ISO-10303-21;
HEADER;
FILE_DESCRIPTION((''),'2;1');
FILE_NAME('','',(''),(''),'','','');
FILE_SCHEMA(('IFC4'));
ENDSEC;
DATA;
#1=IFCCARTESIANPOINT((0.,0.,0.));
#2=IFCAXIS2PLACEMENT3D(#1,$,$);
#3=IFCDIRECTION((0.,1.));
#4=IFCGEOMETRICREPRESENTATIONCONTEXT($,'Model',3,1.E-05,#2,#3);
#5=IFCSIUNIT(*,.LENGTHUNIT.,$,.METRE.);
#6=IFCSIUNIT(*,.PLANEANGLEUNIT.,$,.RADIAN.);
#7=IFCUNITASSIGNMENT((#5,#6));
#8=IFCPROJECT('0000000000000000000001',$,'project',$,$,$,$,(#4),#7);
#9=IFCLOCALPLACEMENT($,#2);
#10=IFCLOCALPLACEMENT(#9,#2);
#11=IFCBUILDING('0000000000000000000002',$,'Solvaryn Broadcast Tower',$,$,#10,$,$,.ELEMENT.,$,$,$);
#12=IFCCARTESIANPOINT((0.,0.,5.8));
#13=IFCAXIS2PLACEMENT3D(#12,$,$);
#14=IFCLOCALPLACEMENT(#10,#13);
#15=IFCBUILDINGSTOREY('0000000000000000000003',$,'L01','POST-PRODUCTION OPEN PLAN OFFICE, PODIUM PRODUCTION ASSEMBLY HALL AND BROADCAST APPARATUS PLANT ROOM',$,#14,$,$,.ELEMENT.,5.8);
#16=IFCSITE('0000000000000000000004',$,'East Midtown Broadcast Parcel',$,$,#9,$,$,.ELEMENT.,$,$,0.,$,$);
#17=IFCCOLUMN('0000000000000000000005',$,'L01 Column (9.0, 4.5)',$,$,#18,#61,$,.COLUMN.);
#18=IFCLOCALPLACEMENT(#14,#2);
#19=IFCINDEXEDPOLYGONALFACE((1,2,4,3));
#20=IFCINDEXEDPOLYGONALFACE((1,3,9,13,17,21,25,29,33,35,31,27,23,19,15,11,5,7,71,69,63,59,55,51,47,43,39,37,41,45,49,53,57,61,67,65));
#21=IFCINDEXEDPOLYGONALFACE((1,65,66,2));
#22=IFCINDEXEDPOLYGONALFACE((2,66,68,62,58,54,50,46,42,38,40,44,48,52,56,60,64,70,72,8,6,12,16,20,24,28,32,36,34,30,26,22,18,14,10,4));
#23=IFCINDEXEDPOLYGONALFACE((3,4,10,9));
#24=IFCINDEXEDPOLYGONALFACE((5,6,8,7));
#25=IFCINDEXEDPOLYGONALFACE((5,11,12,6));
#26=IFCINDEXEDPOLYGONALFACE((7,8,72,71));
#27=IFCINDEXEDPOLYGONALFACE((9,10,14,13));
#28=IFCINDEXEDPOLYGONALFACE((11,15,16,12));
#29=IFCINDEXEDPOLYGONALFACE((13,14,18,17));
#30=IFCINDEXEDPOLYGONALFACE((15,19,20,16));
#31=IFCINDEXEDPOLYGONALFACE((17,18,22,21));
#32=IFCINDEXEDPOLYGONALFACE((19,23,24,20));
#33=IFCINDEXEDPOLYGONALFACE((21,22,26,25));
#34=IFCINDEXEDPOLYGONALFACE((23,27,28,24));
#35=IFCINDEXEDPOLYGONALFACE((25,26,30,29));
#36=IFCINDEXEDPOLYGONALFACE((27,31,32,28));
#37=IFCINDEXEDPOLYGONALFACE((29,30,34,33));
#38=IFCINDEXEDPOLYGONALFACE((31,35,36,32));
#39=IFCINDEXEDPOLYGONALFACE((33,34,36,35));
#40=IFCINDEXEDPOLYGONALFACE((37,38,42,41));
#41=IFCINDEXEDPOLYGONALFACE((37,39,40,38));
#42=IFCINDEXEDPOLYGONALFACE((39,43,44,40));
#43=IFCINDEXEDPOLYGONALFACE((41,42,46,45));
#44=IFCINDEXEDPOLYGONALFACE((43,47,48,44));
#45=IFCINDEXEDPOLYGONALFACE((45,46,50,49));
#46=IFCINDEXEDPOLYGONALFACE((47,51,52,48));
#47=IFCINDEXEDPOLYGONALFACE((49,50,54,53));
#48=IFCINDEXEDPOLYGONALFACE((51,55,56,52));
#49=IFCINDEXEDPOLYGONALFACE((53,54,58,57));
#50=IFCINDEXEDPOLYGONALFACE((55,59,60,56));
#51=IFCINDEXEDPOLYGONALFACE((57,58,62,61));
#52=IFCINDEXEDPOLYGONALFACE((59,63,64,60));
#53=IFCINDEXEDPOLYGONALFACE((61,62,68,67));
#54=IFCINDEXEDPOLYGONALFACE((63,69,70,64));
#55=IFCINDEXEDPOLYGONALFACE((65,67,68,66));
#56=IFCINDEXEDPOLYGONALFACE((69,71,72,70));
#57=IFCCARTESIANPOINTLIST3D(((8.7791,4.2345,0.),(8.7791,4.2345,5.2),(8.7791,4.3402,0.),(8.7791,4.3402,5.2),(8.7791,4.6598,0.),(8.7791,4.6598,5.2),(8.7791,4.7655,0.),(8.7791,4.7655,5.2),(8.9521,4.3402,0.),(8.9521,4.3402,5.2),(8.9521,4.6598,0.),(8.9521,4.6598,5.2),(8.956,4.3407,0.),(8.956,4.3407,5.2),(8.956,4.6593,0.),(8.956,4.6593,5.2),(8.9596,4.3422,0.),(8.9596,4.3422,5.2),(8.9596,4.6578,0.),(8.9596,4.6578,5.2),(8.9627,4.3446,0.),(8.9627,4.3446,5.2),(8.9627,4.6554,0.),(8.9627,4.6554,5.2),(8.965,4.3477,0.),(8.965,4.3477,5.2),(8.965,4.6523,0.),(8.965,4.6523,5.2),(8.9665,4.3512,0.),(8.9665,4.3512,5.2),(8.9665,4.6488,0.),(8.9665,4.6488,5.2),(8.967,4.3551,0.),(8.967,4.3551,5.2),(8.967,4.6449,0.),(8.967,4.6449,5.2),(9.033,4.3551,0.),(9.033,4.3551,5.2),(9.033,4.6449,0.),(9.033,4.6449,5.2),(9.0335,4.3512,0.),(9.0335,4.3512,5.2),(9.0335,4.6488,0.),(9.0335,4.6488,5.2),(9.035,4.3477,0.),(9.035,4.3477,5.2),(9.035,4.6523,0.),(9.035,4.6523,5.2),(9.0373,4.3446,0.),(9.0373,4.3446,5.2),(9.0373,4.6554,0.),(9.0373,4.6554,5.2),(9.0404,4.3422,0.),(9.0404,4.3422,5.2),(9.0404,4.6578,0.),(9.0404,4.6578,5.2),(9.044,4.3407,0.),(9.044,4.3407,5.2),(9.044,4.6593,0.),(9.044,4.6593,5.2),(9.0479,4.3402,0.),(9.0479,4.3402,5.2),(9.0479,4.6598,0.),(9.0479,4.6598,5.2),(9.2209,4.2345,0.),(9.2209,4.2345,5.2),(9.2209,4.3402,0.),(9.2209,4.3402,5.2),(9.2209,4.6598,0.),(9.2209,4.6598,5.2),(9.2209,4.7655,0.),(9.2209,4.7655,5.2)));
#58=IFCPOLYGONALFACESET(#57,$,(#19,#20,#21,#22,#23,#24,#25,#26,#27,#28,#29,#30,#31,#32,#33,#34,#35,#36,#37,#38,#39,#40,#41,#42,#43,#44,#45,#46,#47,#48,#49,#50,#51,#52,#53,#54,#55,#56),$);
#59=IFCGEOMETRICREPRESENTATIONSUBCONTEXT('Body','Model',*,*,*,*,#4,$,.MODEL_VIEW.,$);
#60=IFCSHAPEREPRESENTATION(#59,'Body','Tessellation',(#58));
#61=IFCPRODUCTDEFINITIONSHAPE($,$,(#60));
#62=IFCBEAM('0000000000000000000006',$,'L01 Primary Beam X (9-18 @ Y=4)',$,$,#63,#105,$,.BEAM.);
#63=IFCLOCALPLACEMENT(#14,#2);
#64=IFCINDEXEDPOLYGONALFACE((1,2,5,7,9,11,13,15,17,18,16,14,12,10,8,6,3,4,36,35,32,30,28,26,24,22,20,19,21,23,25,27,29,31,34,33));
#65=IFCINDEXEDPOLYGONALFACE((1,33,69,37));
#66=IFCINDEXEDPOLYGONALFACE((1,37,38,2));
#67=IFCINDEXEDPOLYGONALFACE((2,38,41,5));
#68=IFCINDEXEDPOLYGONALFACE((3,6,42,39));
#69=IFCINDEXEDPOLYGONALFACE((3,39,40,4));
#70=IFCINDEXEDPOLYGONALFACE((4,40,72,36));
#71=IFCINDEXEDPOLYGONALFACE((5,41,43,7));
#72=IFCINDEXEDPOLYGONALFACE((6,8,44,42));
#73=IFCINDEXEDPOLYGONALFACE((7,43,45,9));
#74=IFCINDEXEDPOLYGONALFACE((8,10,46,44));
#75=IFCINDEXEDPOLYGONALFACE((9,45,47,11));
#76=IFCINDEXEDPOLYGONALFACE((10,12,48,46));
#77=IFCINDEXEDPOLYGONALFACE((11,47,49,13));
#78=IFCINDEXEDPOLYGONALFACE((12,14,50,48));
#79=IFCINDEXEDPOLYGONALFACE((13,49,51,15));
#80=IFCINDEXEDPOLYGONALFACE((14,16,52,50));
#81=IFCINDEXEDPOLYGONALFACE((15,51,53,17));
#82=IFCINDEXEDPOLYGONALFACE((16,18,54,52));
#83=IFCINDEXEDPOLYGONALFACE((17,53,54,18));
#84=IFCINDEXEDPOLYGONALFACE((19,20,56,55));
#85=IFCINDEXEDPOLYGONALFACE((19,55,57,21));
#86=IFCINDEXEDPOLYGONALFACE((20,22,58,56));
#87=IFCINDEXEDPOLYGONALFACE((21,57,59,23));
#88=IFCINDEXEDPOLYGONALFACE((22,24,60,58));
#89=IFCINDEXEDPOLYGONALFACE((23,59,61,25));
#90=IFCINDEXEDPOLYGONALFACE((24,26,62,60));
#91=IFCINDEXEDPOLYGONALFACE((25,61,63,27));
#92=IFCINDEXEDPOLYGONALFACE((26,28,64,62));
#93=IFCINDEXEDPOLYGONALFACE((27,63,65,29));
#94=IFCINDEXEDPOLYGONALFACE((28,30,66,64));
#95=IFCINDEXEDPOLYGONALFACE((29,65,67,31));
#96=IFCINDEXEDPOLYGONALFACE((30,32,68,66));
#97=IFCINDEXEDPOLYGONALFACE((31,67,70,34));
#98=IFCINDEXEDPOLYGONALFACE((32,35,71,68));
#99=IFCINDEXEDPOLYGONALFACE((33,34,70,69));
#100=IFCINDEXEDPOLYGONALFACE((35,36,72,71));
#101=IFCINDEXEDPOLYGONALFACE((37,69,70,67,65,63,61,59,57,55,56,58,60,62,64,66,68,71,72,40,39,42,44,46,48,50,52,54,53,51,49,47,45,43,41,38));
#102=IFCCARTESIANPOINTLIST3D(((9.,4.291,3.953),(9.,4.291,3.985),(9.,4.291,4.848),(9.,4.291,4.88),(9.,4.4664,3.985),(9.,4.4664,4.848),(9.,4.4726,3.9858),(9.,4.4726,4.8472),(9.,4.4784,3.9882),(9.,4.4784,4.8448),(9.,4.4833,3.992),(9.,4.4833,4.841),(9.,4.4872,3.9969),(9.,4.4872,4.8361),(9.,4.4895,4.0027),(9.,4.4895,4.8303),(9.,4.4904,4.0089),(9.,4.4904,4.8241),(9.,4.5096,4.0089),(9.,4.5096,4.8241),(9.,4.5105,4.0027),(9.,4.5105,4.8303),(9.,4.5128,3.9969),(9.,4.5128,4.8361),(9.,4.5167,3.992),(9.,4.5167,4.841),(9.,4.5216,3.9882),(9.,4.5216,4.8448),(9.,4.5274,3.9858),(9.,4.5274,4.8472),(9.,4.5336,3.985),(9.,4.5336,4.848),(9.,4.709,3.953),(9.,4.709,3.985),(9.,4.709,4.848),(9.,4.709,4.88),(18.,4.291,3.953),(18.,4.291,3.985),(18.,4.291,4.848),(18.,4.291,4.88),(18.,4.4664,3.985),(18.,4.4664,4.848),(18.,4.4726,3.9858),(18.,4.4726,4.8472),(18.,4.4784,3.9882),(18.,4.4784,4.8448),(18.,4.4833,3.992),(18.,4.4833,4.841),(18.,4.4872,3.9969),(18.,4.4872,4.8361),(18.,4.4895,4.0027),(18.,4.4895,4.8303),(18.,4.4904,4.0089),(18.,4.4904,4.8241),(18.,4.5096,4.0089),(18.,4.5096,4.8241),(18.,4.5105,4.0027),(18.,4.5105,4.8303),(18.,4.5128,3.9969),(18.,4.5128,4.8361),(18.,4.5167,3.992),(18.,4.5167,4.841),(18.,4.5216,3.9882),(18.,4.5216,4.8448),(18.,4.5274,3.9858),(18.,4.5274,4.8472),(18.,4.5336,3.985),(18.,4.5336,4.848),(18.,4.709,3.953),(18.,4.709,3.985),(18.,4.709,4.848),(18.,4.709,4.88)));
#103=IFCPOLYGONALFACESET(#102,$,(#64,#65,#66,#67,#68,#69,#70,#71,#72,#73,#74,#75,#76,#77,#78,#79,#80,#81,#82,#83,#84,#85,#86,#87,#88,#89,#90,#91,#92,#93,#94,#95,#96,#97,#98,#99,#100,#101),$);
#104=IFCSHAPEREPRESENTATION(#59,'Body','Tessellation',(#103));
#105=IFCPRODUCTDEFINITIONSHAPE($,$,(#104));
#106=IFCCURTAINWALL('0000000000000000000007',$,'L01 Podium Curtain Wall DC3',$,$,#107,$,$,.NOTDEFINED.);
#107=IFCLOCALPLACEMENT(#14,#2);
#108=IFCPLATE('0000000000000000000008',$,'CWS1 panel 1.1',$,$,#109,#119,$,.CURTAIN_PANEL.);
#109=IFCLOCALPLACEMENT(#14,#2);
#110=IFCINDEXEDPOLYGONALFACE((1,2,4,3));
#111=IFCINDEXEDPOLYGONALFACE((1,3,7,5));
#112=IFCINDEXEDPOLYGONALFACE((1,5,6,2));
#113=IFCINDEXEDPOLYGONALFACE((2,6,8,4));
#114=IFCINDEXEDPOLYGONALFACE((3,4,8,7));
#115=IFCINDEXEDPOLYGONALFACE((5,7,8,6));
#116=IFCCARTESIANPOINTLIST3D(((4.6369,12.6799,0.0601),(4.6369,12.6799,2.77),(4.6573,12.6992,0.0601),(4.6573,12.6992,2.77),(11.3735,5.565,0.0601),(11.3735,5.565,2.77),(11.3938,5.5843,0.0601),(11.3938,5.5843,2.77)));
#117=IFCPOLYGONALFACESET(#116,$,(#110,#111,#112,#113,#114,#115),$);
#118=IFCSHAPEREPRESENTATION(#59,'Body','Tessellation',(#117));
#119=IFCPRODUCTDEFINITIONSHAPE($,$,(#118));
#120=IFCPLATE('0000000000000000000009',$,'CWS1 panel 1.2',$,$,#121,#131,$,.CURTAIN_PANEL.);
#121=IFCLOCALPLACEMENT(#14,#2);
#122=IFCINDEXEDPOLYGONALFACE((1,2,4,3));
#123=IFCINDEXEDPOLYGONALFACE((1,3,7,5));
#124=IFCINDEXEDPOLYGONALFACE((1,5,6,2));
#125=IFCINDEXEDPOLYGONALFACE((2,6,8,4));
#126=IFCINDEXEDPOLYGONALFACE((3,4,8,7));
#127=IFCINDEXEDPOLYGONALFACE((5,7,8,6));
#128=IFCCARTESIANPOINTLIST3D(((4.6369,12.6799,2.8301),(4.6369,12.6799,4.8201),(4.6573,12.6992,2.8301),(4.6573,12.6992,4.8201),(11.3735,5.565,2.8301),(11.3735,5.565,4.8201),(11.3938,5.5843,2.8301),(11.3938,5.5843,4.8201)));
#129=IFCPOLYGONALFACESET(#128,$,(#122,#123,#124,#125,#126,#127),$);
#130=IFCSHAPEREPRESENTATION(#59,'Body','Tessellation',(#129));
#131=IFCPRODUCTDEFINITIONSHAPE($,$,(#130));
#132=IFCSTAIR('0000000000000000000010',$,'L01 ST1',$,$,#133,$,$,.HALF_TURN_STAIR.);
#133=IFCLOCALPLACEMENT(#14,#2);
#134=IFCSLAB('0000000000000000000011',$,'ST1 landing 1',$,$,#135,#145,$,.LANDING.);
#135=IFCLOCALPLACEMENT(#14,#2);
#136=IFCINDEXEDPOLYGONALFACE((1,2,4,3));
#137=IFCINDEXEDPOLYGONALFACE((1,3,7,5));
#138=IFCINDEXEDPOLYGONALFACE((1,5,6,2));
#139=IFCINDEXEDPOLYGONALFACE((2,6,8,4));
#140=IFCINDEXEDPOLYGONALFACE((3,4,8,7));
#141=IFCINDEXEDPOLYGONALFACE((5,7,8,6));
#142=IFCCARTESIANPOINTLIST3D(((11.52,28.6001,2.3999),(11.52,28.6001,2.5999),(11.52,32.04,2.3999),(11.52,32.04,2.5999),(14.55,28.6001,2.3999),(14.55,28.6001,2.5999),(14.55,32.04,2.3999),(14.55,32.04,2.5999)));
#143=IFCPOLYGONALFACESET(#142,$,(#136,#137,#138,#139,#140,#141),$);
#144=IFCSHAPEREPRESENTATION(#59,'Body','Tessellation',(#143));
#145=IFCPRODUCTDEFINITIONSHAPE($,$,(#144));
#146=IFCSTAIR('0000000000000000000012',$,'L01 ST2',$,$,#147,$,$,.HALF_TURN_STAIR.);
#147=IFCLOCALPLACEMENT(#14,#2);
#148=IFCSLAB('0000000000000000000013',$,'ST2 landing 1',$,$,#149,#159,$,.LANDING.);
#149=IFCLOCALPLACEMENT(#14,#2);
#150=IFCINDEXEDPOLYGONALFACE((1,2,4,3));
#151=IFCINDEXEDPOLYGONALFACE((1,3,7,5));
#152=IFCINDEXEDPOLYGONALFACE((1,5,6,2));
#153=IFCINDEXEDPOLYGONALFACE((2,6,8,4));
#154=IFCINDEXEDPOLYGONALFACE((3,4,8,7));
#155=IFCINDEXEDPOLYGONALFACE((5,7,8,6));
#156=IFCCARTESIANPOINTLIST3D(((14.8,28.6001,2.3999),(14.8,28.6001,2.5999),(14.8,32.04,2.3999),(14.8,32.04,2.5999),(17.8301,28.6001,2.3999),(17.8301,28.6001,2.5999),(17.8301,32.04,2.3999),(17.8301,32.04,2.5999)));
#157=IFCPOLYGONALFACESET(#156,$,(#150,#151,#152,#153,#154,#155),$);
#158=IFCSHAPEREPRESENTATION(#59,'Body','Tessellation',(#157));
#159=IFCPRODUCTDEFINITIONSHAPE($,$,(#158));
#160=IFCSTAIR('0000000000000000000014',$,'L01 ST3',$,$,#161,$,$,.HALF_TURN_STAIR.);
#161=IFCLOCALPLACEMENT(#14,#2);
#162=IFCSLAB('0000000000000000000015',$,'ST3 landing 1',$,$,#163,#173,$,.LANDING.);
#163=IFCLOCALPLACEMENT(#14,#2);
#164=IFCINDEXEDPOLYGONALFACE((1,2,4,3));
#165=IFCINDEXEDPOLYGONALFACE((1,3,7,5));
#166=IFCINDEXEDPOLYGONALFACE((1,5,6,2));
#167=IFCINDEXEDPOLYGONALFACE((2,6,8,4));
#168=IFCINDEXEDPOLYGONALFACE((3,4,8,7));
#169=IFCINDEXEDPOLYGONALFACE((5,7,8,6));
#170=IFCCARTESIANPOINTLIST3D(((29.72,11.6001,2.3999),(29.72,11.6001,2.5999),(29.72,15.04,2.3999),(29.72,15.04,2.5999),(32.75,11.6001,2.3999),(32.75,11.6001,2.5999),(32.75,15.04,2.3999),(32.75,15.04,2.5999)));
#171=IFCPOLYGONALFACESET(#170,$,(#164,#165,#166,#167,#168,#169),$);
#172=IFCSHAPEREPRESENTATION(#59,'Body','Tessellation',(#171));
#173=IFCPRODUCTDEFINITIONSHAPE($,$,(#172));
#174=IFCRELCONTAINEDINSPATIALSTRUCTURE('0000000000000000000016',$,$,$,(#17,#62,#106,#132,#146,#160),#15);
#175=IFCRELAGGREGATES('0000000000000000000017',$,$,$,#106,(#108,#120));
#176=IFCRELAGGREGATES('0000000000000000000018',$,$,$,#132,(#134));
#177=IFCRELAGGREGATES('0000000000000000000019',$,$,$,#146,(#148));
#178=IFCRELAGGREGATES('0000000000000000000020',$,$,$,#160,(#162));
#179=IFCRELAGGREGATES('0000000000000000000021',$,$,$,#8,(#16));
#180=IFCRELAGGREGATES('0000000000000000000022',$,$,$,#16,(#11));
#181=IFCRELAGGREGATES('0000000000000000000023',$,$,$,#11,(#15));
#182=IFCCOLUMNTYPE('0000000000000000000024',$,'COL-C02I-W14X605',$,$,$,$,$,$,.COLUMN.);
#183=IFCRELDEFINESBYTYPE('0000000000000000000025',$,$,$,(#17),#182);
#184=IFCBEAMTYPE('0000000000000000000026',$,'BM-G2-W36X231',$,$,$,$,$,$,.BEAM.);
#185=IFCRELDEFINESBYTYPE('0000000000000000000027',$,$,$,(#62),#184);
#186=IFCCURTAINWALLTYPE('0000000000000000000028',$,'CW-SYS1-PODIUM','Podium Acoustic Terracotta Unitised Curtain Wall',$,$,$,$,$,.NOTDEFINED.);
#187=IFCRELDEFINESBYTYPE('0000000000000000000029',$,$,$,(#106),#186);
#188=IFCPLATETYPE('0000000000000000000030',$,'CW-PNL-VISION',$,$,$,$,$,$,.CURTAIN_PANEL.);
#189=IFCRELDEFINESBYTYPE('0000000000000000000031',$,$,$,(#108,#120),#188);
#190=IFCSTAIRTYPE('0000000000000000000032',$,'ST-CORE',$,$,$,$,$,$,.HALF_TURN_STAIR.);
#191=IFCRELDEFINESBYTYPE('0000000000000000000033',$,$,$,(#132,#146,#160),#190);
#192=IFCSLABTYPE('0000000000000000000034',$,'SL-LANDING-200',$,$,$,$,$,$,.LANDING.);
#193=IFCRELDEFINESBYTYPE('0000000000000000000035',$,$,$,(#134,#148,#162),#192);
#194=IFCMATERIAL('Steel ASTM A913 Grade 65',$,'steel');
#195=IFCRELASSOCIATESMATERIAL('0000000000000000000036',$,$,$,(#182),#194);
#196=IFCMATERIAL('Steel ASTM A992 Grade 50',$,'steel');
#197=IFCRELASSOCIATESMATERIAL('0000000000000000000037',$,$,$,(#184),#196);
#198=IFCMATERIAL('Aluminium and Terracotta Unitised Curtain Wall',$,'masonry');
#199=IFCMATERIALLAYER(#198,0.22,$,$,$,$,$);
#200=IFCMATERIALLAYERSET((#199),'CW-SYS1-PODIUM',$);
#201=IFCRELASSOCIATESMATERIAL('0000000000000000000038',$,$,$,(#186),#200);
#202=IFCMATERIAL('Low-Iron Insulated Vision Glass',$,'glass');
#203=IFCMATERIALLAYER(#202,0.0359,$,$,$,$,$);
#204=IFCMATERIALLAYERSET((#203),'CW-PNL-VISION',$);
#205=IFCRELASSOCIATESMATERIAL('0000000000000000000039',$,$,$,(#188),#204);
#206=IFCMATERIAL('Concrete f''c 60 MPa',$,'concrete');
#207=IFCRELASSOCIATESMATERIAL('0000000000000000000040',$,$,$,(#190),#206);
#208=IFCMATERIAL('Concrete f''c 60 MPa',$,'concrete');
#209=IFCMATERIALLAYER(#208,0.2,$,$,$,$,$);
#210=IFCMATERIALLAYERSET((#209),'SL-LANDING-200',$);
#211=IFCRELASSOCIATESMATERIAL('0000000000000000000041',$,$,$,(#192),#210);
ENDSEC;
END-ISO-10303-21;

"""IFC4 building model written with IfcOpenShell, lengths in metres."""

from ifc_helpers import new_model, si_unit, direction, frame, origin, origin_2d, place, context, subcontext, project, spatial, polyline, rectangle, i_section, outline, extrude, material, layer, layer_set, material_profile, profile_set, type_object, element, aggregate, save


model = new_model("IFC4")

# Units and contexts
model_context = context("Model", 3, precision=1e-05, world=origin(), true_north=direction((0.0, 1.0)))
body_context = subcontext(model_context, "Body", "Model", "MODEL_VIEW")
ifc_project = project(units=[si_unit("LENGTHUNIT", "METRE"), si_unit("PLANEANGLEUNIT", "RADIAN")], contexts=[model_context])

# Site, building, storey
site_placement = place(None, origin())
site = spatial("IfcSite", under=ifc_project, at=site_placement, Name="East Midtown Broadcast Parcel", CompositionType="ELEMENT", RefElevation=0.0)
building_placement = place(site_placement, origin())
building = spatial("IfcBuilding", under=site, at=building_placement, Name="Solvaryn Broadcast Tower", CompositionType="ELEMENT")
storey_placement = place(building_placement, frame((0.0, 0.0, 5.8)))
storey = spatial("IfcBuildingStorey", under=building, at=storey_placement, Name="L01", Description="POST-PRODUCTION OPEN PLAN OFFICE, PODIUM PRODUCTION ASSEMBLY HALL AND BROADCAST APPARATUS PLANT ROOM", CompositionType="ELEMENT", Elevation=5.8)

# Column
ifc_material_1 = material(Name="Steel ASTM A913 Grade 65", Category="steel")
ifc_material_profile_1 = material_profile(ifc_material_1, i_section(OverallWidth=0.4419, OverallDepth=0.531, WebThickness=0.0659, FlangeThickness=0.1057, FilletRadius=0.0149, at=origin_2d()))
ifc_profile_set_1 = profile_set([ifc_material_profile_1], Name="Steel ASTM A913 Grade 65")
column_type = type_object("IfcColumnType", Name="COL-C02I-W14X605", PredefinedType="COLUMN", material=ifc_profile_set_1)
column_placement = place(storey_placement, frame((9.0, 4.5, 0.0), z_axis=(0.0, 0.0, 1.0), x_axis=(1.0, 0.0, 0.0)))
element("IfcColumn", 1, at=column_placement, inside=storey, type_object=column_type, Name="L01 Column (9.0, 4.5)", PredefinedType="COLUMN", context=body_context, shape_type="SweptSolid", body=[
    extrude(i_section(OverallWidth=0.4419, OverallDepth=0.531, WebThickness=0.0659, FlangeThickness=0.1057, FilletRadius=0.0149, at=origin_2d()), origin(), (0.0, 0.0, 1.0), 5.2),
])

# Beam
ifc_material_2 = material(Name="Steel ASTM A992 Grade 50", Category="steel")
ifc_material_profile_2 = material_profile(ifc_material_2, i_section(OverallWidth=0.418, OverallDepth=0.927, WebThickness=0.0193, FlangeThickness=0.032, FilletRadius=0.0239, at=origin_2d()))
ifc_profile_set_2 = profile_set([ifc_material_profile_2], Name="Steel ASTM A992 Grade 50")
beam_type = type_object("IfcBeamType", Name="BM-G2-W36X231", PredefinedType="BEAM", material=ifc_profile_set_2)
beam_placement = place(storey_placement, frame((9.0, 4.5, 4.4165), z_axis=(1.0, 0.0, 0.0), x_axis=(0.0, 1.0, 0.0)))
element("IfcBeam", 2, at=beam_placement, inside=storey, type_object=beam_type, Name="L01 Primary Beam X (9-18 @ Y=4)", PredefinedType="BEAM", context=body_context, shape_type="SweptSolid", body=[
    extrude(i_section(OverallWidth=0.418, OverallDepth=0.927, WebThickness=0.0193, FlangeThickness=0.032, FilletRadius=0.0239, at=origin_2d()), origin(), (0.0, 0.0, 1.0), 9.0),
])

# Curtain wall, plates
ifc_material_3 = material(Name="Aluminium and Terracotta Unitised Curtain Wall", Category="masonry")
ifc_layer_1 = layer(ifc_material_3, 0.22)
ifc_layer_set_1 = layer_set([ifc_layer_1], Name="CW-SYS1-PODIUM")
curtain_wall_type = type_object("IfcCurtainWallType", Name="CW-SYS1-PODIUM", Description="Podium Acoustic Terracotta Unitised Curtain Wall", PredefinedType="NOTDEFINED", material=ifc_layer_set_1)
curtain_wall_placement = place(storey_placement, origin())
curtain_wall = element("IfcCurtainWall", 3, at=curtain_wall_placement, inside=storey, type_object=curtain_wall_type, Name="L01 Podium Curtain Wall DC3", PredefinedType="NOTDEFINED")
ifc_material_4 = material(Name="Low-Iron Insulated Vision Glass", Category="glass")
ifc_layer_2 = layer(ifc_material_4, 0.0359)
ifc_layer_set_2 = layer_set([ifc_layer_2], Name="CW-PNL-VISION")
plate_type = type_object("IfcPlateType", Name="CW-PNL-VISION", PredefinedType="CURTAIN_PANEL", material=ifc_layer_set_2)
plate_1_placement = place(storey_placement, frame((8.0154, 9.1321, 0.0601), z_axis=(0.0, 0.0, 1.0), x_axis=(0.687535, -0.726151, 0.0)))
plate_1 = element("IfcPlate", 4, at=plate_1_placement, type_object=plate_type, Name="CWS1 panel 1.1", PredefinedType="CURTAIN_PANEL", context=body_context, shape_type="SweptSolid", body=[
    extrude(rectangle(XDim=9.7981, YDim=0.0281, at=origin_2d()), origin(), (0.0, 0.0, 1.0), 2.71),
])
plate_2_placement = place(storey_placement, frame((8.0154, 9.1321, 2.8301), z_axis=(0.0, 0.0, 1.0), x_axis=(0.687535, -0.726151, 0.0)))
plate_2 = element("IfcPlate", 5, at=plate_2_placement, type_object=plate_type, Name="CWS1 panel 1.2", PredefinedType="CURTAIN_PANEL", context=body_context, shape_type="SweptSolid", body=[
    extrude(rectangle(XDim=9.7981, YDim=0.0281, at=origin_2d()), origin(), (0.0, 0.0, 1.0), 1.99),
])
aggregate(curtain_wall, [plate_1, plate_2])

# Stairs, slabs
ifc_material_5 = material(Name="Concrete f'c 60 MPa", Category="concrete")
stair_type = type_object("IfcStairType", Name="ST-CORE", PredefinedType="HALF_TURN_STAIR", material=ifc_material_5)
stair_1_placement = place(storey_placement, origin())
stair_1 = element("IfcStair", 6, at=stair_1_placement, inside=storey, type_object=stair_type, Name="L01 ST1", PredefinedType="HALF_TURN_STAIR")
ifc_material_6 = material(Name="Concrete f'c 60 MPa", Category="concrete")
ifc_layer_3 = layer(ifc_material_6, 0.2)
ifc_layer_set_3 = layer_set([ifc_layer_3], Name="SL-LANDING-200")
slab_type_1 = type_object("IfcSlabType", Name="SL-LANDING-200", PredefinedType="LANDING", material=ifc_layer_set_3)
slab_1_placement = place(storey_placement, frame((0.0, 0.0, 2.3999)))
slab_1 = element("IfcSlab", 7, at=slab_1_placement, type_object=slab_type_1, Name="ST1 landing 1", PredefinedType="LANDING", context=body_context, shape_type="SweptSolid", body=[
    extrude(outline(polyline([(11.52, 32.04), (11.52, 28.6001), (14.55, 28.6001), (14.55, 32.04), (11.52, 32.04)])), origin(), (0.0, 0.0, 1.0), 0.2),
])
aggregate(stair_1, [slab_1])
stair_2_placement = place(storey_placement, origin())
stair_2 = element("IfcStair", 8, at=stair_2_placement, inside=storey, type_object=stair_type, Name="L01 ST2", PredefinedType="HALF_TURN_STAIR")
slab_2_placement = place(storey_placement, frame((0.0, 0.0, 2.3999)))
slab_2 = element("IfcSlab", 9, at=slab_2_placement, type_object=slab_type_1, Name="ST2 landing 1", PredefinedType="LANDING", context=body_context, shape_type="SweptSolid", body=[
    extrude(outline(polyline([(14.8, 32.04), (14.8, 28.6001), (17.8301, 28.6001), (17.8301, 32.04), (14.8, 32.04)])), origin(), (0.0, 0.0, 1.0), 0.2),
])
aggregate(stair_2, [slab_2])
stair_3_placement = place(storey_placement, origin())
stair_3 = element("IfcStair", 10, at=stair_3_placement, inside=storey, type_object=stair_type, Name="L01 ST3", PredefinedType="HALF_TURN_STAIR")
slab_3_placement = place(storey_placement, frame((0.0, 0.0, 2.3999)))
slab_3 = element("IfcSlab", 11, at=slab_3_placement, type_object=slab_type_1, Name="ST3 landing 1", PredefinedType="LANDING", context=body_context, shape_type="SweptSolid", body=[
    extrude(outline(polyline([(29.72, 15.04), (29.72, 11.6001), (32.75, 11.6001), (32.75, 15.04), (29.72, 15.04)])), origin(), (0.0, 0.0, 1.0), 0.2),
])
aggregate(stair_3, [slab_3])

save(model, "model.ifc")
